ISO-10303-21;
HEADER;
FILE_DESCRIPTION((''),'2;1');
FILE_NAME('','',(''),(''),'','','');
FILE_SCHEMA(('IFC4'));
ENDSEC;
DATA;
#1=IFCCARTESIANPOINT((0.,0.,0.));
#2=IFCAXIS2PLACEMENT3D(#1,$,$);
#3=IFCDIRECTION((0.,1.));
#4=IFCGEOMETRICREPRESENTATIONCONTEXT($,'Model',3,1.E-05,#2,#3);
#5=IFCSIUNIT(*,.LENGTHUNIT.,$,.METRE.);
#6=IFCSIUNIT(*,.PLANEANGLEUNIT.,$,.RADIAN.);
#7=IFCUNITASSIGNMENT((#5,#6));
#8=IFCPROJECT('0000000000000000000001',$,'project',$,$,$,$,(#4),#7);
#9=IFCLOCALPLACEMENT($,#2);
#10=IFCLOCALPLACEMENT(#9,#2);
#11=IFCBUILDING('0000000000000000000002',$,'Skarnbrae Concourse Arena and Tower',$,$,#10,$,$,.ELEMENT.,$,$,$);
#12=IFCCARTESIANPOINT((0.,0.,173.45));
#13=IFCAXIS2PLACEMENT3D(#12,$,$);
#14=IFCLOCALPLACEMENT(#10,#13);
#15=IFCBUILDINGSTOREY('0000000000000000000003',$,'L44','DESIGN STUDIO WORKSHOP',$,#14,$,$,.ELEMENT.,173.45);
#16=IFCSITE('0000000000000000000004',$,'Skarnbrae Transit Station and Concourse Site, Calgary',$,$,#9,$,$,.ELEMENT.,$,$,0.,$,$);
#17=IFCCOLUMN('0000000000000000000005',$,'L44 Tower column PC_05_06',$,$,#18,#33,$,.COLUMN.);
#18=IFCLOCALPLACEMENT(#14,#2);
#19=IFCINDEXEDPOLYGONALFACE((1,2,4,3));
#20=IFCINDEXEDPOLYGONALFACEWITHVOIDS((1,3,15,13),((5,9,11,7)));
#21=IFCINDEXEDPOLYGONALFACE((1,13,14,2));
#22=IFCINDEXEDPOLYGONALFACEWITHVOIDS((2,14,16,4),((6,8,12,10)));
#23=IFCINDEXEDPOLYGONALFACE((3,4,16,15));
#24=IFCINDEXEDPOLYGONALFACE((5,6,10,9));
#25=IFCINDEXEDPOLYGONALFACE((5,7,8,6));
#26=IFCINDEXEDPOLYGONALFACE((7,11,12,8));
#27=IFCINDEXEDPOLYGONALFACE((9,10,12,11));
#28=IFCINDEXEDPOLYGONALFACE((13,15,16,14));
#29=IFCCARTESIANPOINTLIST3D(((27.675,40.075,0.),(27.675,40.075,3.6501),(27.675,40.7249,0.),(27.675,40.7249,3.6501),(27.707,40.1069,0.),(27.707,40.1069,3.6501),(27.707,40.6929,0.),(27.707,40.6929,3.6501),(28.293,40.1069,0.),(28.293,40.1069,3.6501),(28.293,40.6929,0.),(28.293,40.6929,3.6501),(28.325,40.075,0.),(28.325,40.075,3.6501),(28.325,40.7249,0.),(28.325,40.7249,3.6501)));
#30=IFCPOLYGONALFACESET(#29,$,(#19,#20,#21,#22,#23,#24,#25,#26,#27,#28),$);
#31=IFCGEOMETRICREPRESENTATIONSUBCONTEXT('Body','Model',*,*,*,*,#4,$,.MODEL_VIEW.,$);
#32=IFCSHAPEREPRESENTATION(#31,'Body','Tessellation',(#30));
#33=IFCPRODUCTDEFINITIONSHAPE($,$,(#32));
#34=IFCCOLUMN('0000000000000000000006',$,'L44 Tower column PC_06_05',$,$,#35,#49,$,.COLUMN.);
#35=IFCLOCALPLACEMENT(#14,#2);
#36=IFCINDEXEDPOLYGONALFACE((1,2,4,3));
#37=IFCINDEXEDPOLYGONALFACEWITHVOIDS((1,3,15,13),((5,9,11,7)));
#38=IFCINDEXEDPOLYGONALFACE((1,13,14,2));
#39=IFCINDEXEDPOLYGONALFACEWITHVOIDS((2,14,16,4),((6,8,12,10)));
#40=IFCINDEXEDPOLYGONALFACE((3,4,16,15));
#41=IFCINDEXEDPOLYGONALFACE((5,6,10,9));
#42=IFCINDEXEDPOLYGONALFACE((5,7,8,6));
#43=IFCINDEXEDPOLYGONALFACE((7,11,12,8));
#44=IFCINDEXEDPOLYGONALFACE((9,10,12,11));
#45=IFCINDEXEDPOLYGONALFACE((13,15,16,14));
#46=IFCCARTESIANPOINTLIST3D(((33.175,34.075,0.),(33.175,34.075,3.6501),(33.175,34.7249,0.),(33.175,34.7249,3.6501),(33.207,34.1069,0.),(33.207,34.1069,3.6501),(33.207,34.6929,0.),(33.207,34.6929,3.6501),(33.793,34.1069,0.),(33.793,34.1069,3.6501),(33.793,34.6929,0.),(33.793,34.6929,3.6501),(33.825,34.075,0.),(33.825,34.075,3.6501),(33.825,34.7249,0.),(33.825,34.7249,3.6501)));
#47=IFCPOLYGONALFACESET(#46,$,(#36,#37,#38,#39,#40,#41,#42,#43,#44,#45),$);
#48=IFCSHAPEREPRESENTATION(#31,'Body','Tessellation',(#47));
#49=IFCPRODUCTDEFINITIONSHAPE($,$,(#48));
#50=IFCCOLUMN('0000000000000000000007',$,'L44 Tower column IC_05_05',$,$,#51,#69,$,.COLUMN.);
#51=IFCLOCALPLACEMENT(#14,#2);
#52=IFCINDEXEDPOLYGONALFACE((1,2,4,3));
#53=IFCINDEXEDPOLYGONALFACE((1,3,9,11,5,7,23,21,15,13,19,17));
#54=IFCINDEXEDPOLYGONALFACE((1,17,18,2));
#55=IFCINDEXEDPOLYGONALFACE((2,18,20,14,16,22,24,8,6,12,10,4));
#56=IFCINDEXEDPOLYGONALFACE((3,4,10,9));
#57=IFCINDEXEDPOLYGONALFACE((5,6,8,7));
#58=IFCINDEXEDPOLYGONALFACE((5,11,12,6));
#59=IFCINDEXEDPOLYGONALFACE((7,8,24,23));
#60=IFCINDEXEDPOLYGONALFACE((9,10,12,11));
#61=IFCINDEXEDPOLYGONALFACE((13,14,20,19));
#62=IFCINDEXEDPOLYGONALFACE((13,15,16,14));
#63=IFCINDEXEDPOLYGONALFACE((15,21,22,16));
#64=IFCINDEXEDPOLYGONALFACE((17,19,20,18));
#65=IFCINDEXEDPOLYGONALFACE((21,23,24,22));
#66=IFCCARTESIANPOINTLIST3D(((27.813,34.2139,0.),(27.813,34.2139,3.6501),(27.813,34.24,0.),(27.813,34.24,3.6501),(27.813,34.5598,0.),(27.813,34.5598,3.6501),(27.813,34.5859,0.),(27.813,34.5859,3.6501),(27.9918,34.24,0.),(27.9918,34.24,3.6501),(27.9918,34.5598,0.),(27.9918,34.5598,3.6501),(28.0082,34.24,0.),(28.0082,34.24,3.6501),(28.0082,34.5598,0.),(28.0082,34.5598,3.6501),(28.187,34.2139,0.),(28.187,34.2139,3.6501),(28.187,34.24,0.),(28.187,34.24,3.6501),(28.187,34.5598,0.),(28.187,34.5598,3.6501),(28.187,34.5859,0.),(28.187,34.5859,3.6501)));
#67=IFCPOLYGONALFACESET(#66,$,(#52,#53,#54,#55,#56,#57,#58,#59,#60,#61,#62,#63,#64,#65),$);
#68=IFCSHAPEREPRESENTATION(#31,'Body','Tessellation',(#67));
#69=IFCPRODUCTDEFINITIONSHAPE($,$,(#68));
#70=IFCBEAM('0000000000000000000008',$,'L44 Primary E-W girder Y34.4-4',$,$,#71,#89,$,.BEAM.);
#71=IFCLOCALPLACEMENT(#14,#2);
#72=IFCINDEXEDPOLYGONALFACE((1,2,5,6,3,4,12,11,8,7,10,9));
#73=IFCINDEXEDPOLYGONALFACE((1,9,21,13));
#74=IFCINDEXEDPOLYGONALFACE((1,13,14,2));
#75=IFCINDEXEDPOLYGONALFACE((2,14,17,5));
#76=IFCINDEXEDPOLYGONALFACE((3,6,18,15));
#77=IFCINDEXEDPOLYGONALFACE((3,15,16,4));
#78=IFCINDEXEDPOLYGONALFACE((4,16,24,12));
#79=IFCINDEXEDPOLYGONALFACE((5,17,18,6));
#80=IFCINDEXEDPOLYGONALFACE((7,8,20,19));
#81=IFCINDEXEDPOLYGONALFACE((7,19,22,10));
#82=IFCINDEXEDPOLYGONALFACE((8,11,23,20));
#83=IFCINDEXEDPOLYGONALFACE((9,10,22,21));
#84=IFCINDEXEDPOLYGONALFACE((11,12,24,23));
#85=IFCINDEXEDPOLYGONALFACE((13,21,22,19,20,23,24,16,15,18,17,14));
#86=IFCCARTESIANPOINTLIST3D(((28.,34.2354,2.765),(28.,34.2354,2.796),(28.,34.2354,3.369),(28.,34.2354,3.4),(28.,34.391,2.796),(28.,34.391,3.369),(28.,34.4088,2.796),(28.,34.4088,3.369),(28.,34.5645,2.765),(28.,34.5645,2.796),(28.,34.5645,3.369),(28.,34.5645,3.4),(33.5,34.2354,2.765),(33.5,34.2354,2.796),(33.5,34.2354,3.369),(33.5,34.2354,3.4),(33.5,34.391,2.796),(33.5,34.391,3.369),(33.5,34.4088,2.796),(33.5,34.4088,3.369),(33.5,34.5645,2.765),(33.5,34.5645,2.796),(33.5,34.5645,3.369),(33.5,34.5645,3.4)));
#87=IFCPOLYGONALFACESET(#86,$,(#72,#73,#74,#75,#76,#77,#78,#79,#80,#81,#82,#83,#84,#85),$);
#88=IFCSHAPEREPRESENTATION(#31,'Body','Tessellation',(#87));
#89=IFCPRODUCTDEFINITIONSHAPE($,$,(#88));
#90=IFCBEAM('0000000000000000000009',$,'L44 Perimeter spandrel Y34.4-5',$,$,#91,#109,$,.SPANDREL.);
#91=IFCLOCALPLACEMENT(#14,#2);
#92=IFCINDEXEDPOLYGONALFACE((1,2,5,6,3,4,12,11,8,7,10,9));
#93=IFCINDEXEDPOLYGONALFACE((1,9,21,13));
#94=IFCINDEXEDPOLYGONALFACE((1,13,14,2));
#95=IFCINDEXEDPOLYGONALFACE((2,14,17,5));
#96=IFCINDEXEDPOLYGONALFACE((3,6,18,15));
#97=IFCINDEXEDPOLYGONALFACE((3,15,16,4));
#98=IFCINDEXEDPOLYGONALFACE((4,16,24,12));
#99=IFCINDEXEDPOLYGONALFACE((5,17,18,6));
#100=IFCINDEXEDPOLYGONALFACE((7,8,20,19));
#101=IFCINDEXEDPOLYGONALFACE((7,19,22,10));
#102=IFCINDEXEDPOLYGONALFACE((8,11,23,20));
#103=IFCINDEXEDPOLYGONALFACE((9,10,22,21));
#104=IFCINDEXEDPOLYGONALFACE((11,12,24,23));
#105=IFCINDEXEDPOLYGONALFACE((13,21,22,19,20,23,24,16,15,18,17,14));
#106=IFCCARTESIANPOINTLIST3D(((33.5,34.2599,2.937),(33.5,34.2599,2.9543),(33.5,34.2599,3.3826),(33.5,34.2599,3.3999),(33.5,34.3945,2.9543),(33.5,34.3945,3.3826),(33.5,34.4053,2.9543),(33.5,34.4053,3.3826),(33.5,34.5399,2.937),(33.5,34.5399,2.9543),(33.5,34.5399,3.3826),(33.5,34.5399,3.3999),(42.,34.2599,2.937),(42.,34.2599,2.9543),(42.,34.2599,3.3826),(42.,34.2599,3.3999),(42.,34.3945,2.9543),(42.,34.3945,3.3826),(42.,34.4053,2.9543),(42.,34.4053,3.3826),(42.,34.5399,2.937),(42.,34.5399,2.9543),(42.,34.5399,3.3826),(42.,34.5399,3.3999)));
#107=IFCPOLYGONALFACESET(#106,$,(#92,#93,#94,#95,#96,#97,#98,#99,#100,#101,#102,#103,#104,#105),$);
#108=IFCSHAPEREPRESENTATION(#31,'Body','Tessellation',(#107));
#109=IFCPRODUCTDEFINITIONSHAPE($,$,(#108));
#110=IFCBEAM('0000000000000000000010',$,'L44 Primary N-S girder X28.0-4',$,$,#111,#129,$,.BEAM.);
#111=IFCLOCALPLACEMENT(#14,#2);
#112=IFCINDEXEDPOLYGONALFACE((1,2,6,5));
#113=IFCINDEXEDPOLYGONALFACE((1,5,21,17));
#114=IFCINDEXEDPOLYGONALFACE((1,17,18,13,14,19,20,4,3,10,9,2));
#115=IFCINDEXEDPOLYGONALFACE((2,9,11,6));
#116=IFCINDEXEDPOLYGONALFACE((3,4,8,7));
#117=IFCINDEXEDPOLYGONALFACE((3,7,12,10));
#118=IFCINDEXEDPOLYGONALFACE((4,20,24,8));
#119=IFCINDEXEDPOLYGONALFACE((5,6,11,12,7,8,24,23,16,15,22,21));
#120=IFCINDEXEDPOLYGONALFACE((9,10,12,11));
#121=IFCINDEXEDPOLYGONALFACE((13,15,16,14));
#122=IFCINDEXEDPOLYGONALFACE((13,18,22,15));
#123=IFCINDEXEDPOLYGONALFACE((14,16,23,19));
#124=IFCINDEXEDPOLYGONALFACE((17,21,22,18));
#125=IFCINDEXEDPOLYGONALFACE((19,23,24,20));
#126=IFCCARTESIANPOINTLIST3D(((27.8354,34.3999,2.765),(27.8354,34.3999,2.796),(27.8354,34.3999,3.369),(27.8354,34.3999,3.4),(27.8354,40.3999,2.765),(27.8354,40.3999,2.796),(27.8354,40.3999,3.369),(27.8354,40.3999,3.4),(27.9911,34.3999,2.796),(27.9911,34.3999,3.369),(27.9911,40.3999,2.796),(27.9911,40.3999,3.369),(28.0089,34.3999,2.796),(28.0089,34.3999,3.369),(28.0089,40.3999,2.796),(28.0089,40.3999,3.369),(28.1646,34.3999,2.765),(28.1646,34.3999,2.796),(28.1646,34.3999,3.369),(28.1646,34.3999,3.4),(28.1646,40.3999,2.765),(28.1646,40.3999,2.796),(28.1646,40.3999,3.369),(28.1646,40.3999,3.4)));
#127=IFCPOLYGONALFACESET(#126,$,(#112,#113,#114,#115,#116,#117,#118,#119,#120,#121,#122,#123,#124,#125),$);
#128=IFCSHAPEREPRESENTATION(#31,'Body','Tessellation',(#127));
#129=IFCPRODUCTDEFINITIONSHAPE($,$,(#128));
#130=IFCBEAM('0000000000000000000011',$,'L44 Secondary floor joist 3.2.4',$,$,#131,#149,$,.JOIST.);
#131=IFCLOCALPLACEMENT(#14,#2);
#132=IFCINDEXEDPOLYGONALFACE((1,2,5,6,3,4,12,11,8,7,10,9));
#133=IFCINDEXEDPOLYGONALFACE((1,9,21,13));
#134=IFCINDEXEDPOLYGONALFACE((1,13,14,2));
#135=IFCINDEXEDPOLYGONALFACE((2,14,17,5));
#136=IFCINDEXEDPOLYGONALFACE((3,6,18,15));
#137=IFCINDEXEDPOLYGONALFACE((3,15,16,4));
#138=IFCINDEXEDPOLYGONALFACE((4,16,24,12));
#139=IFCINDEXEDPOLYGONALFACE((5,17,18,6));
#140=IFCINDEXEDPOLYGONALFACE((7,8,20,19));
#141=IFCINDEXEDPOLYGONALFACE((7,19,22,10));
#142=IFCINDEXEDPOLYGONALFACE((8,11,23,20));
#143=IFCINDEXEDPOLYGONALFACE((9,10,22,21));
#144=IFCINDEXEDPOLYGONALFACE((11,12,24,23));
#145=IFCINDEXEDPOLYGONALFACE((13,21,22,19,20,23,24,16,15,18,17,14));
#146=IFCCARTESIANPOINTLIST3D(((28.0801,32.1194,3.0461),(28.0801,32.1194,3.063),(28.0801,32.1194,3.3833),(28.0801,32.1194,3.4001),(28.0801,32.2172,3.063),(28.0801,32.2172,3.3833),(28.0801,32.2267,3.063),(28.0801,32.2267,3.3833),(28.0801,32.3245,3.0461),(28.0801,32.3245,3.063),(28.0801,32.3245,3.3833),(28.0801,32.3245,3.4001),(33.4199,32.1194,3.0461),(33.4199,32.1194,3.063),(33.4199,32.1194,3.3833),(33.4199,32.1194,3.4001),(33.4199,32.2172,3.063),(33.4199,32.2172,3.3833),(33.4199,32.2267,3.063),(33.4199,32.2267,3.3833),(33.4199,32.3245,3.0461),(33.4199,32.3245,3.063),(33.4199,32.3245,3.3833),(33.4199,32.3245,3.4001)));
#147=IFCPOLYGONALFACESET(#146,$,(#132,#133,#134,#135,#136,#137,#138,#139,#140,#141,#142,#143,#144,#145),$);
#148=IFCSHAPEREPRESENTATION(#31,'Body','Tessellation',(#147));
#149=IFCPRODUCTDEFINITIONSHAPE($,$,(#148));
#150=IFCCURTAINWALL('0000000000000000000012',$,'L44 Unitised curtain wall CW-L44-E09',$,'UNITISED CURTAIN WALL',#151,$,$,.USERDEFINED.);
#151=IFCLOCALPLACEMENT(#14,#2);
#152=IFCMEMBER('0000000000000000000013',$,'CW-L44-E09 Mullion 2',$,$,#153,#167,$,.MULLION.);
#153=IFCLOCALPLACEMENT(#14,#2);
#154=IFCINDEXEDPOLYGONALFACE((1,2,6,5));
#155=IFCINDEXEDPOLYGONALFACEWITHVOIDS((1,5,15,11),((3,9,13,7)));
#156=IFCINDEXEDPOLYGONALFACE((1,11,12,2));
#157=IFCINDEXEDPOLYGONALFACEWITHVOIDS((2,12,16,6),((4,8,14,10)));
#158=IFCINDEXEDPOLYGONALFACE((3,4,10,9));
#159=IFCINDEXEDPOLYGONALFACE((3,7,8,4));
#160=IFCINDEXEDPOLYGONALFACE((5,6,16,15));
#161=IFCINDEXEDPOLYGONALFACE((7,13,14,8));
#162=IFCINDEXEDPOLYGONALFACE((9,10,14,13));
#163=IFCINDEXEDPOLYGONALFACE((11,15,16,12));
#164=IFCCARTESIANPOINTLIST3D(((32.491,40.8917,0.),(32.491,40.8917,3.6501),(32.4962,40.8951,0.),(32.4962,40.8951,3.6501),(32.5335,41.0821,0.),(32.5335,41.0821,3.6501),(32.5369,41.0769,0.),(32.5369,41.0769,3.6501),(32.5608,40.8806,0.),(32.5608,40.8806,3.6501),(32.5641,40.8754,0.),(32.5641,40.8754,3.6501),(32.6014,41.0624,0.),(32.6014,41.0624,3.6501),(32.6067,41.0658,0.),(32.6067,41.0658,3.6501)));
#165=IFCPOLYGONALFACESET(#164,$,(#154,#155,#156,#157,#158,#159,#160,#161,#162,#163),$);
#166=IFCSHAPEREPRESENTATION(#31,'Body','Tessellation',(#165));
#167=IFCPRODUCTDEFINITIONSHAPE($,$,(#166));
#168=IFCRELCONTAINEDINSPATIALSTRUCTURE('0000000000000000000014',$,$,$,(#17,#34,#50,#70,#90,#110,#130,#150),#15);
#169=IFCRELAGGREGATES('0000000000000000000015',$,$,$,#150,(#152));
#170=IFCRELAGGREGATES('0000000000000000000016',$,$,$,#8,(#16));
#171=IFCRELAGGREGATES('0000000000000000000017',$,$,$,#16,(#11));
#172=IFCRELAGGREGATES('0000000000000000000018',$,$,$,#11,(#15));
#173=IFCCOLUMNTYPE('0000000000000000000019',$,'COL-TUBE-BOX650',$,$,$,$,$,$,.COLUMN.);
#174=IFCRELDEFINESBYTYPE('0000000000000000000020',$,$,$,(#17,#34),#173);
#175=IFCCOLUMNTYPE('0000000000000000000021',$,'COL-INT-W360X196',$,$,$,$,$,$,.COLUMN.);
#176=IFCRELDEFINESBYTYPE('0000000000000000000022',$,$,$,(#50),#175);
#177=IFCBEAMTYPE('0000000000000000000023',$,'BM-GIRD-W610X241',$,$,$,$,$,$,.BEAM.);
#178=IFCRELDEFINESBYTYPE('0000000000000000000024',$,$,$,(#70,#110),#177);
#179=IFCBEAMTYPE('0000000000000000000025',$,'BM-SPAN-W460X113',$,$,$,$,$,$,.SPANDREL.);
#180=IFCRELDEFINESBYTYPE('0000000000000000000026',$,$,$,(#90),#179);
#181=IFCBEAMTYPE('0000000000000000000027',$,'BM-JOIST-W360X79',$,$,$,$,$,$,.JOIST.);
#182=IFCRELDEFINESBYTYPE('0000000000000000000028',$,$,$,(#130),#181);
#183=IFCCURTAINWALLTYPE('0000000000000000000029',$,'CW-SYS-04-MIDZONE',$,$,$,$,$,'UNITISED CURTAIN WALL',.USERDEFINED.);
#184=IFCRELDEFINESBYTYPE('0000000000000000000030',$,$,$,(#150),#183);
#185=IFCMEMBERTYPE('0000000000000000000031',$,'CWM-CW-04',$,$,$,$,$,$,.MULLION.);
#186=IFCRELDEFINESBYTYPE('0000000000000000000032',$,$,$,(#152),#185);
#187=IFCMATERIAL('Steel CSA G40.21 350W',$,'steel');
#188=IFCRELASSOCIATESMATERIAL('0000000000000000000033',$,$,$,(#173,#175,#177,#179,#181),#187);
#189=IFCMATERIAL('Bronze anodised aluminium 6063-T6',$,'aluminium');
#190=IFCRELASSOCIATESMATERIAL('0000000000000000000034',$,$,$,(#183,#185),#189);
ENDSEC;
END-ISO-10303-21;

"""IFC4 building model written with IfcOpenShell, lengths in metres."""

from ifc_helpers import new_model, si_unit, direction, frame, origin, origin_2d, place, context, subcontext, project, spatial, hollow_rectangle, i_section, extrude, source, transform, mapped, material, material_profile, profile_set, type_object, element, aggregate, save


model = new_model("IFC4")

# Units and contexts
model_context = context("Model", 3, precision=1e-05, world=origin(), true_north=direction((0.0, 1.0)))
body_context = subcontext(model_context, "Body", "Model", "MODEL_VIEW")
ifc_project = project(units=[si_unit("LENGTHUNIT", "METRE"), si_unit("PLANEANGLEUNIT", "RADIAN")], contexts=[model_context])

# Site, building, storey
site_placement = place(None, origin())
site = spatial("IfcSite", under=ifc_project, at=site_placement, Name="Skarnbrae Transit Station and Concourse Site, Calgary", CompositionType="ELEMENT", RefElevation=0.0)
building_placement = place(site_placement, origin())
building = spatial("IfcBuilding", under=site, at=building_placement, Name="Skarnbrae Concourse Arena and Tower", CompositionType="ELEMENT")
storey_placement = place(building_placement, frame((0.0, 0.0, 173.45)))
storey = spatial("IfcBuildingStorey", under=building, at=storey_placement, Name="L44", Description="DESIGN STUDIO WORKSHOP", CompositionType="ELEMENT", Elevation=173.45)

# Columns
ifc_material_1 = material(Name="Steel CSA G40.21 350W", Category="steel")
ifc_material_profile_1 = material_profile(ifc_material_1, hollow_rectangle(XDim=0.6499, YDim=0.6499, WallThickness=0.032, at=origin_2d()), Name="BOX650X650X32")
ifc_profile_set_1 = profile_set([ifc_material_profile_1], Name="Steel CSA G40.21 350W")
column_type_1 = type_object("IfcColumnType", Name="COL-TUBE-BOX650", PredefinedType="COLUMN", material=ifc_profile_set_1)
shared_shape_1 = source(origin(), body_context, "Body", "SweptSolid", [
    extrude(hollow_rectangle(XDim=0.6499, YDim=0.6499, WallThickness=0.032, at=origin_2d()), origin(), (0.0, 0.0, 1.0), 3.6501),
])
for number, where, z_axis, x_axis, name in (
    (1, (28.0, 40.3999, 0.0), (0.0, 0.0, 1.0), (1.0, 0.0, 0.0), "L44 Tower column PC_05_06"),
    (2, (33.5, 34.3999, 0.0), (0.0, 0.0, 1.0), (1.0, 0.0, 0.0), "L44 Tower column PC_06_05"),
):
    element("IfcColumn", number, at=place(storey_placement, frame(where, z_axis=z_axis, x_axis=x_axis)), inside=storey, type_object=column_type_1, Name=name, PredefinedType="COLUMN", context=body_context, shape_type="MappedRepresentation", body=[
        mapped(shared_shape_1, transform((0.0, 0.0, 0.0))),
    ])
ifc_material_profile_2 = material_profile(ifc_material_1, i_section(OverallWidth=0.374, OverallDepth=0.3721, WebThickness=0.0164, FlangeThickness=0.0261, at=origin_2d()), Name="W360X196")
ifc_profile_set_2 = profile_set([ifc_material_profile_2], Name="Steel CSA G40.21 350W")
column_type_2 = type_object("IfcColumnType", Name="COL-INT-W360X196", PredefinedType="COLUMN", material=ifc_profile_set_2)
shared_shape_2 = source(origin(), body_context, "Body", "SweptSolid", [
    extrude(i_section(OverallWidth=0.374, OverallDepth=0.3721, WebThickness=0.0164, FlangeThickness=0.0261, at=origin_2d()), origin(), (0.0, 0.0, 1.0), 3.6501),
])
column_placement = place(storey_placement, frame((28.0, 34.3999, 0.0), z_axis=(0.0, 0.0, 1.0), x_axis=(1.0, 0.0, 0.0)))
element("IfcColumn", 3, at=column_placement, inside=storey, type_object=column_type_2, Name="L44 Tower column IC_05_05", PredefinedType="COLUMN", context=body_context, shape_type="MappedRepresentation", body=[
    mapped(shared_shape_2, transform((0.0, 0.0, 0.0))),
])

# Beams
ifc_material_profile_3 = material_profile(ifc_material_1, i_section(OverallWidth=0.3291, OverallDepth=0.635, WebThickness=0.0178, FlangeThickness=0.031, at=origin_2d()), Name="W610X241")
ifc_profile_set_3 = profile_set([ifc_material_profile_3], Name="Steel CSA G40.21 350W")
beam_type_1 = type_object("IfcBeamType", Name="BM-GIRD-W610X241", PredefinedType="BEAM", material=ifc_profile_set_3)
shared_shape_3 = source(origin(), body_context, "Body", "SweptSolid", [
    extrude(i_section(OverallWidth=0.3291, OverallDepth=0.635, WebThickness=0.0178, FlangeThickness=0.031, at=origin_2d()), origin(), (0.0, 0.0, 1.0), 5.5),
])
beam_1_placement = place(storey_placement, frame((28.0, 34.3999, 3.0825), z_axis=(1.0, 0.0, 0.0), x_axis=(0.0, 1.0, 0.0)))
element("IfcBeam", 4, at=beam_1_placement, inside=storey, type_object=beam_type_1, Name="L44 Primary E-W girder Y34.4-4", PredefinedType="BEAM", context=body_context, shape_type="MappedRepresentation", body=[
    mapped(shared_shape_3, transform((0.0, 0.0, 0.0))),
])
ifc_material_profile_4 = material_profile(ifc_material_1, i_section(OverallWidth=0.28, OverallDepth=0.4629, WebThickness=0.0107, FlangeThickness=0.0173, at=origin_2d()), Name="W460X113")
ifc_profile_set_4 = profile_set([ifc_material_profile_4], Name="Steel CSA G40.21 350W")
beam_type_2 = type_object("IfcBeamType", Name="BM-SPAN-W460X113", PredefinedType="SPANDREL", material=ifc_profile_set_4)
shared_shape_4 = source(origin(), body_context, "Body", "SweptSolid", [
    extrude(i_section(OverallWidth=0.28, OverallDepth=0.4629, WebThickness=0.0107, FlangeThickness=0.0173, at=origin_2d()), origin(), (0.0, 0.0, 1.0), 8.5),
])
beam_2_placement = place(storey_placement, frame((33.5, 34.3999, 3.1685), z_axis=(1.0, 0.0, 0.0), x_axis=(0.0, 1.0, 0.0)))
element("IfcBeam", 5, at=beam_2_placement, inside=storey, type_object=beam_type_2, Name="L44 Perimeter spandrel Y34.4-5", PredefinedType="SPANDREL", context=body_context, shape_type="MappedRepresentation", body=[
    mapped(shared_shape_4, transform((0.0, 0.0, 0.0))),
])
shared_shape_5 = source(origin(), body_context, "Body", "SweptSolid", [
    extrude(i_section(OverallWidth=0.3291, OverallDepth=0.635, WebThickness=0.0178, FlangeThickness=0.031, at=origin_2d()), origin(), (0.0, 0.0, 1.0), 6.0),
])
beam_3_placement = place(storey_placement, frame((28.0, 34.3999, 3.0825), z_axis=(0.0, 1.0, 0.0), x_axis=(-1.0, 0.0, 0.0)))
element("IfcBeam", 6, at=beam_3_placement, inside=storey, type_object=beam_type_1, Name="L44 Primary N-S girder X28.0-4", PredefinedType="BEAM", context=body_context, shape_type="MappedRepresentation", body=[
    mapped(shared_shape_5, transform((0.0, 0.0, 0.0))),
])
ifc_material_profile_5 = material_profile(ifc_material_1, i_section(OverallWidth=0.2051, OverallDepth=0.354, WebThickness=0.0095, FlangeThickness=0.0168, at=origin_2d()), Name="W360X79")
ifc_profile_set_5 = profile_set([ifc_material_profile_5], Name="Steel CSA G40.21 350W")
beam_type_3 = type_object("IfcBeamType", Name="BM-JOIST-W360X79", PredefinedType="JOIST", material=ifc_profile_set_5)
shared_shape_6 = source(origin(), body_context, "Body", "SweptSolid", [
    extrude(i_section(OverallWidth=0.2051, OverallDepth=0.354, WebThickness=0.0095, FlangeThickness=0.0168, at=origin_2d()), origin(), (0.0, 0.0, 1.0), 5.3398),
])
beam_4_placement = place(storey_placement, frame((28.0801, 32.2219, 3.2231), z_axis=(1.0, 0.0, 0.0), x_axis=(0.0, 1.0, 0.0)))
element("IfcBeam", 7, at=beam_4_placement, inside=storey, type_object=beam_type_3, Name="L44 Secondary floor joist 3.2.4", PredefinedType="JOIST", context=body_context, shape_type="MappedRepresentation", body=[
    mapped(shared_shape_6, transform((0.0, 0.0, 0.0))),
])

# Curtain wall, member
ifc_material_2 = material(Name="Bronze anodised aluminium 6063-T6", Category="aluminium")
curtain_wall_type = type_object("IfcCurtainWallType", Name="CW-SYS-04-MIDZONE", ElementType="UNITISED CURTAIN WALL", PredefinedType="USERDEFINED", material=ifc_material_2)
curtain_wall_1_placement = place(storey_placement, origin())
curtain_wall_1 = element("IfcCurtainWall", 8, at=curtain_wall_1_placement, inside=storey, type_object=curtain_wall_type, Name="L44 Unitised curtain wall CW-L44-E09", ObjectType="UNITISED CURTAIN WALL", PredefinedType="USERDEFINED")
ifc_material_profile_6 = material_profile(ifc_material_2, hollow_rectangle(XDim=0.075, YDim=0.1951, WallThickness=0.0044, at=origin_2d()), Name="ALU-MULL-75X195")
ifc_profile_set_6 = profile_set([ifc_material_profile_6], Name="Bronze anodised aluminium 6063-T6")
member_type_1 = type_object("IfcMemberType", Name="CWM-CW-04", PredefinedType="MULLION", material=ifc_profile_set_6)
shared_shape_7 = source(origin(), body_context, "Body", "SweptSolid", [
    extrude(hollow_rectangle(XDim=0.075, YDim=0.1951, WallThickness=0.0044, at=origin_2d()), origin(), (0.0, 0.0, 1.0), 3.6501),
])
member_1_placement = place(storey_placement, frame((32.5488, 40.9788, 0.0), z_axis=(0.0, 0.0, 1.0), x_axis=(-0.975936, 0.218056, 0.0)))
member_1 = element("IfcMember", 9, at=member_1_placement, type_object=member_type_1, Name="CW-L44-E09 Mullion 2", PredefinedType="MULLION", context=body_context, shape_type="MappedRepresentation", body=[
    mapped(shared_shape_7, transform((0.0, 0.0, 0.0))),
])
aggregate(curtain_wall_1, [member_1])

save(model, "model.ifc")
